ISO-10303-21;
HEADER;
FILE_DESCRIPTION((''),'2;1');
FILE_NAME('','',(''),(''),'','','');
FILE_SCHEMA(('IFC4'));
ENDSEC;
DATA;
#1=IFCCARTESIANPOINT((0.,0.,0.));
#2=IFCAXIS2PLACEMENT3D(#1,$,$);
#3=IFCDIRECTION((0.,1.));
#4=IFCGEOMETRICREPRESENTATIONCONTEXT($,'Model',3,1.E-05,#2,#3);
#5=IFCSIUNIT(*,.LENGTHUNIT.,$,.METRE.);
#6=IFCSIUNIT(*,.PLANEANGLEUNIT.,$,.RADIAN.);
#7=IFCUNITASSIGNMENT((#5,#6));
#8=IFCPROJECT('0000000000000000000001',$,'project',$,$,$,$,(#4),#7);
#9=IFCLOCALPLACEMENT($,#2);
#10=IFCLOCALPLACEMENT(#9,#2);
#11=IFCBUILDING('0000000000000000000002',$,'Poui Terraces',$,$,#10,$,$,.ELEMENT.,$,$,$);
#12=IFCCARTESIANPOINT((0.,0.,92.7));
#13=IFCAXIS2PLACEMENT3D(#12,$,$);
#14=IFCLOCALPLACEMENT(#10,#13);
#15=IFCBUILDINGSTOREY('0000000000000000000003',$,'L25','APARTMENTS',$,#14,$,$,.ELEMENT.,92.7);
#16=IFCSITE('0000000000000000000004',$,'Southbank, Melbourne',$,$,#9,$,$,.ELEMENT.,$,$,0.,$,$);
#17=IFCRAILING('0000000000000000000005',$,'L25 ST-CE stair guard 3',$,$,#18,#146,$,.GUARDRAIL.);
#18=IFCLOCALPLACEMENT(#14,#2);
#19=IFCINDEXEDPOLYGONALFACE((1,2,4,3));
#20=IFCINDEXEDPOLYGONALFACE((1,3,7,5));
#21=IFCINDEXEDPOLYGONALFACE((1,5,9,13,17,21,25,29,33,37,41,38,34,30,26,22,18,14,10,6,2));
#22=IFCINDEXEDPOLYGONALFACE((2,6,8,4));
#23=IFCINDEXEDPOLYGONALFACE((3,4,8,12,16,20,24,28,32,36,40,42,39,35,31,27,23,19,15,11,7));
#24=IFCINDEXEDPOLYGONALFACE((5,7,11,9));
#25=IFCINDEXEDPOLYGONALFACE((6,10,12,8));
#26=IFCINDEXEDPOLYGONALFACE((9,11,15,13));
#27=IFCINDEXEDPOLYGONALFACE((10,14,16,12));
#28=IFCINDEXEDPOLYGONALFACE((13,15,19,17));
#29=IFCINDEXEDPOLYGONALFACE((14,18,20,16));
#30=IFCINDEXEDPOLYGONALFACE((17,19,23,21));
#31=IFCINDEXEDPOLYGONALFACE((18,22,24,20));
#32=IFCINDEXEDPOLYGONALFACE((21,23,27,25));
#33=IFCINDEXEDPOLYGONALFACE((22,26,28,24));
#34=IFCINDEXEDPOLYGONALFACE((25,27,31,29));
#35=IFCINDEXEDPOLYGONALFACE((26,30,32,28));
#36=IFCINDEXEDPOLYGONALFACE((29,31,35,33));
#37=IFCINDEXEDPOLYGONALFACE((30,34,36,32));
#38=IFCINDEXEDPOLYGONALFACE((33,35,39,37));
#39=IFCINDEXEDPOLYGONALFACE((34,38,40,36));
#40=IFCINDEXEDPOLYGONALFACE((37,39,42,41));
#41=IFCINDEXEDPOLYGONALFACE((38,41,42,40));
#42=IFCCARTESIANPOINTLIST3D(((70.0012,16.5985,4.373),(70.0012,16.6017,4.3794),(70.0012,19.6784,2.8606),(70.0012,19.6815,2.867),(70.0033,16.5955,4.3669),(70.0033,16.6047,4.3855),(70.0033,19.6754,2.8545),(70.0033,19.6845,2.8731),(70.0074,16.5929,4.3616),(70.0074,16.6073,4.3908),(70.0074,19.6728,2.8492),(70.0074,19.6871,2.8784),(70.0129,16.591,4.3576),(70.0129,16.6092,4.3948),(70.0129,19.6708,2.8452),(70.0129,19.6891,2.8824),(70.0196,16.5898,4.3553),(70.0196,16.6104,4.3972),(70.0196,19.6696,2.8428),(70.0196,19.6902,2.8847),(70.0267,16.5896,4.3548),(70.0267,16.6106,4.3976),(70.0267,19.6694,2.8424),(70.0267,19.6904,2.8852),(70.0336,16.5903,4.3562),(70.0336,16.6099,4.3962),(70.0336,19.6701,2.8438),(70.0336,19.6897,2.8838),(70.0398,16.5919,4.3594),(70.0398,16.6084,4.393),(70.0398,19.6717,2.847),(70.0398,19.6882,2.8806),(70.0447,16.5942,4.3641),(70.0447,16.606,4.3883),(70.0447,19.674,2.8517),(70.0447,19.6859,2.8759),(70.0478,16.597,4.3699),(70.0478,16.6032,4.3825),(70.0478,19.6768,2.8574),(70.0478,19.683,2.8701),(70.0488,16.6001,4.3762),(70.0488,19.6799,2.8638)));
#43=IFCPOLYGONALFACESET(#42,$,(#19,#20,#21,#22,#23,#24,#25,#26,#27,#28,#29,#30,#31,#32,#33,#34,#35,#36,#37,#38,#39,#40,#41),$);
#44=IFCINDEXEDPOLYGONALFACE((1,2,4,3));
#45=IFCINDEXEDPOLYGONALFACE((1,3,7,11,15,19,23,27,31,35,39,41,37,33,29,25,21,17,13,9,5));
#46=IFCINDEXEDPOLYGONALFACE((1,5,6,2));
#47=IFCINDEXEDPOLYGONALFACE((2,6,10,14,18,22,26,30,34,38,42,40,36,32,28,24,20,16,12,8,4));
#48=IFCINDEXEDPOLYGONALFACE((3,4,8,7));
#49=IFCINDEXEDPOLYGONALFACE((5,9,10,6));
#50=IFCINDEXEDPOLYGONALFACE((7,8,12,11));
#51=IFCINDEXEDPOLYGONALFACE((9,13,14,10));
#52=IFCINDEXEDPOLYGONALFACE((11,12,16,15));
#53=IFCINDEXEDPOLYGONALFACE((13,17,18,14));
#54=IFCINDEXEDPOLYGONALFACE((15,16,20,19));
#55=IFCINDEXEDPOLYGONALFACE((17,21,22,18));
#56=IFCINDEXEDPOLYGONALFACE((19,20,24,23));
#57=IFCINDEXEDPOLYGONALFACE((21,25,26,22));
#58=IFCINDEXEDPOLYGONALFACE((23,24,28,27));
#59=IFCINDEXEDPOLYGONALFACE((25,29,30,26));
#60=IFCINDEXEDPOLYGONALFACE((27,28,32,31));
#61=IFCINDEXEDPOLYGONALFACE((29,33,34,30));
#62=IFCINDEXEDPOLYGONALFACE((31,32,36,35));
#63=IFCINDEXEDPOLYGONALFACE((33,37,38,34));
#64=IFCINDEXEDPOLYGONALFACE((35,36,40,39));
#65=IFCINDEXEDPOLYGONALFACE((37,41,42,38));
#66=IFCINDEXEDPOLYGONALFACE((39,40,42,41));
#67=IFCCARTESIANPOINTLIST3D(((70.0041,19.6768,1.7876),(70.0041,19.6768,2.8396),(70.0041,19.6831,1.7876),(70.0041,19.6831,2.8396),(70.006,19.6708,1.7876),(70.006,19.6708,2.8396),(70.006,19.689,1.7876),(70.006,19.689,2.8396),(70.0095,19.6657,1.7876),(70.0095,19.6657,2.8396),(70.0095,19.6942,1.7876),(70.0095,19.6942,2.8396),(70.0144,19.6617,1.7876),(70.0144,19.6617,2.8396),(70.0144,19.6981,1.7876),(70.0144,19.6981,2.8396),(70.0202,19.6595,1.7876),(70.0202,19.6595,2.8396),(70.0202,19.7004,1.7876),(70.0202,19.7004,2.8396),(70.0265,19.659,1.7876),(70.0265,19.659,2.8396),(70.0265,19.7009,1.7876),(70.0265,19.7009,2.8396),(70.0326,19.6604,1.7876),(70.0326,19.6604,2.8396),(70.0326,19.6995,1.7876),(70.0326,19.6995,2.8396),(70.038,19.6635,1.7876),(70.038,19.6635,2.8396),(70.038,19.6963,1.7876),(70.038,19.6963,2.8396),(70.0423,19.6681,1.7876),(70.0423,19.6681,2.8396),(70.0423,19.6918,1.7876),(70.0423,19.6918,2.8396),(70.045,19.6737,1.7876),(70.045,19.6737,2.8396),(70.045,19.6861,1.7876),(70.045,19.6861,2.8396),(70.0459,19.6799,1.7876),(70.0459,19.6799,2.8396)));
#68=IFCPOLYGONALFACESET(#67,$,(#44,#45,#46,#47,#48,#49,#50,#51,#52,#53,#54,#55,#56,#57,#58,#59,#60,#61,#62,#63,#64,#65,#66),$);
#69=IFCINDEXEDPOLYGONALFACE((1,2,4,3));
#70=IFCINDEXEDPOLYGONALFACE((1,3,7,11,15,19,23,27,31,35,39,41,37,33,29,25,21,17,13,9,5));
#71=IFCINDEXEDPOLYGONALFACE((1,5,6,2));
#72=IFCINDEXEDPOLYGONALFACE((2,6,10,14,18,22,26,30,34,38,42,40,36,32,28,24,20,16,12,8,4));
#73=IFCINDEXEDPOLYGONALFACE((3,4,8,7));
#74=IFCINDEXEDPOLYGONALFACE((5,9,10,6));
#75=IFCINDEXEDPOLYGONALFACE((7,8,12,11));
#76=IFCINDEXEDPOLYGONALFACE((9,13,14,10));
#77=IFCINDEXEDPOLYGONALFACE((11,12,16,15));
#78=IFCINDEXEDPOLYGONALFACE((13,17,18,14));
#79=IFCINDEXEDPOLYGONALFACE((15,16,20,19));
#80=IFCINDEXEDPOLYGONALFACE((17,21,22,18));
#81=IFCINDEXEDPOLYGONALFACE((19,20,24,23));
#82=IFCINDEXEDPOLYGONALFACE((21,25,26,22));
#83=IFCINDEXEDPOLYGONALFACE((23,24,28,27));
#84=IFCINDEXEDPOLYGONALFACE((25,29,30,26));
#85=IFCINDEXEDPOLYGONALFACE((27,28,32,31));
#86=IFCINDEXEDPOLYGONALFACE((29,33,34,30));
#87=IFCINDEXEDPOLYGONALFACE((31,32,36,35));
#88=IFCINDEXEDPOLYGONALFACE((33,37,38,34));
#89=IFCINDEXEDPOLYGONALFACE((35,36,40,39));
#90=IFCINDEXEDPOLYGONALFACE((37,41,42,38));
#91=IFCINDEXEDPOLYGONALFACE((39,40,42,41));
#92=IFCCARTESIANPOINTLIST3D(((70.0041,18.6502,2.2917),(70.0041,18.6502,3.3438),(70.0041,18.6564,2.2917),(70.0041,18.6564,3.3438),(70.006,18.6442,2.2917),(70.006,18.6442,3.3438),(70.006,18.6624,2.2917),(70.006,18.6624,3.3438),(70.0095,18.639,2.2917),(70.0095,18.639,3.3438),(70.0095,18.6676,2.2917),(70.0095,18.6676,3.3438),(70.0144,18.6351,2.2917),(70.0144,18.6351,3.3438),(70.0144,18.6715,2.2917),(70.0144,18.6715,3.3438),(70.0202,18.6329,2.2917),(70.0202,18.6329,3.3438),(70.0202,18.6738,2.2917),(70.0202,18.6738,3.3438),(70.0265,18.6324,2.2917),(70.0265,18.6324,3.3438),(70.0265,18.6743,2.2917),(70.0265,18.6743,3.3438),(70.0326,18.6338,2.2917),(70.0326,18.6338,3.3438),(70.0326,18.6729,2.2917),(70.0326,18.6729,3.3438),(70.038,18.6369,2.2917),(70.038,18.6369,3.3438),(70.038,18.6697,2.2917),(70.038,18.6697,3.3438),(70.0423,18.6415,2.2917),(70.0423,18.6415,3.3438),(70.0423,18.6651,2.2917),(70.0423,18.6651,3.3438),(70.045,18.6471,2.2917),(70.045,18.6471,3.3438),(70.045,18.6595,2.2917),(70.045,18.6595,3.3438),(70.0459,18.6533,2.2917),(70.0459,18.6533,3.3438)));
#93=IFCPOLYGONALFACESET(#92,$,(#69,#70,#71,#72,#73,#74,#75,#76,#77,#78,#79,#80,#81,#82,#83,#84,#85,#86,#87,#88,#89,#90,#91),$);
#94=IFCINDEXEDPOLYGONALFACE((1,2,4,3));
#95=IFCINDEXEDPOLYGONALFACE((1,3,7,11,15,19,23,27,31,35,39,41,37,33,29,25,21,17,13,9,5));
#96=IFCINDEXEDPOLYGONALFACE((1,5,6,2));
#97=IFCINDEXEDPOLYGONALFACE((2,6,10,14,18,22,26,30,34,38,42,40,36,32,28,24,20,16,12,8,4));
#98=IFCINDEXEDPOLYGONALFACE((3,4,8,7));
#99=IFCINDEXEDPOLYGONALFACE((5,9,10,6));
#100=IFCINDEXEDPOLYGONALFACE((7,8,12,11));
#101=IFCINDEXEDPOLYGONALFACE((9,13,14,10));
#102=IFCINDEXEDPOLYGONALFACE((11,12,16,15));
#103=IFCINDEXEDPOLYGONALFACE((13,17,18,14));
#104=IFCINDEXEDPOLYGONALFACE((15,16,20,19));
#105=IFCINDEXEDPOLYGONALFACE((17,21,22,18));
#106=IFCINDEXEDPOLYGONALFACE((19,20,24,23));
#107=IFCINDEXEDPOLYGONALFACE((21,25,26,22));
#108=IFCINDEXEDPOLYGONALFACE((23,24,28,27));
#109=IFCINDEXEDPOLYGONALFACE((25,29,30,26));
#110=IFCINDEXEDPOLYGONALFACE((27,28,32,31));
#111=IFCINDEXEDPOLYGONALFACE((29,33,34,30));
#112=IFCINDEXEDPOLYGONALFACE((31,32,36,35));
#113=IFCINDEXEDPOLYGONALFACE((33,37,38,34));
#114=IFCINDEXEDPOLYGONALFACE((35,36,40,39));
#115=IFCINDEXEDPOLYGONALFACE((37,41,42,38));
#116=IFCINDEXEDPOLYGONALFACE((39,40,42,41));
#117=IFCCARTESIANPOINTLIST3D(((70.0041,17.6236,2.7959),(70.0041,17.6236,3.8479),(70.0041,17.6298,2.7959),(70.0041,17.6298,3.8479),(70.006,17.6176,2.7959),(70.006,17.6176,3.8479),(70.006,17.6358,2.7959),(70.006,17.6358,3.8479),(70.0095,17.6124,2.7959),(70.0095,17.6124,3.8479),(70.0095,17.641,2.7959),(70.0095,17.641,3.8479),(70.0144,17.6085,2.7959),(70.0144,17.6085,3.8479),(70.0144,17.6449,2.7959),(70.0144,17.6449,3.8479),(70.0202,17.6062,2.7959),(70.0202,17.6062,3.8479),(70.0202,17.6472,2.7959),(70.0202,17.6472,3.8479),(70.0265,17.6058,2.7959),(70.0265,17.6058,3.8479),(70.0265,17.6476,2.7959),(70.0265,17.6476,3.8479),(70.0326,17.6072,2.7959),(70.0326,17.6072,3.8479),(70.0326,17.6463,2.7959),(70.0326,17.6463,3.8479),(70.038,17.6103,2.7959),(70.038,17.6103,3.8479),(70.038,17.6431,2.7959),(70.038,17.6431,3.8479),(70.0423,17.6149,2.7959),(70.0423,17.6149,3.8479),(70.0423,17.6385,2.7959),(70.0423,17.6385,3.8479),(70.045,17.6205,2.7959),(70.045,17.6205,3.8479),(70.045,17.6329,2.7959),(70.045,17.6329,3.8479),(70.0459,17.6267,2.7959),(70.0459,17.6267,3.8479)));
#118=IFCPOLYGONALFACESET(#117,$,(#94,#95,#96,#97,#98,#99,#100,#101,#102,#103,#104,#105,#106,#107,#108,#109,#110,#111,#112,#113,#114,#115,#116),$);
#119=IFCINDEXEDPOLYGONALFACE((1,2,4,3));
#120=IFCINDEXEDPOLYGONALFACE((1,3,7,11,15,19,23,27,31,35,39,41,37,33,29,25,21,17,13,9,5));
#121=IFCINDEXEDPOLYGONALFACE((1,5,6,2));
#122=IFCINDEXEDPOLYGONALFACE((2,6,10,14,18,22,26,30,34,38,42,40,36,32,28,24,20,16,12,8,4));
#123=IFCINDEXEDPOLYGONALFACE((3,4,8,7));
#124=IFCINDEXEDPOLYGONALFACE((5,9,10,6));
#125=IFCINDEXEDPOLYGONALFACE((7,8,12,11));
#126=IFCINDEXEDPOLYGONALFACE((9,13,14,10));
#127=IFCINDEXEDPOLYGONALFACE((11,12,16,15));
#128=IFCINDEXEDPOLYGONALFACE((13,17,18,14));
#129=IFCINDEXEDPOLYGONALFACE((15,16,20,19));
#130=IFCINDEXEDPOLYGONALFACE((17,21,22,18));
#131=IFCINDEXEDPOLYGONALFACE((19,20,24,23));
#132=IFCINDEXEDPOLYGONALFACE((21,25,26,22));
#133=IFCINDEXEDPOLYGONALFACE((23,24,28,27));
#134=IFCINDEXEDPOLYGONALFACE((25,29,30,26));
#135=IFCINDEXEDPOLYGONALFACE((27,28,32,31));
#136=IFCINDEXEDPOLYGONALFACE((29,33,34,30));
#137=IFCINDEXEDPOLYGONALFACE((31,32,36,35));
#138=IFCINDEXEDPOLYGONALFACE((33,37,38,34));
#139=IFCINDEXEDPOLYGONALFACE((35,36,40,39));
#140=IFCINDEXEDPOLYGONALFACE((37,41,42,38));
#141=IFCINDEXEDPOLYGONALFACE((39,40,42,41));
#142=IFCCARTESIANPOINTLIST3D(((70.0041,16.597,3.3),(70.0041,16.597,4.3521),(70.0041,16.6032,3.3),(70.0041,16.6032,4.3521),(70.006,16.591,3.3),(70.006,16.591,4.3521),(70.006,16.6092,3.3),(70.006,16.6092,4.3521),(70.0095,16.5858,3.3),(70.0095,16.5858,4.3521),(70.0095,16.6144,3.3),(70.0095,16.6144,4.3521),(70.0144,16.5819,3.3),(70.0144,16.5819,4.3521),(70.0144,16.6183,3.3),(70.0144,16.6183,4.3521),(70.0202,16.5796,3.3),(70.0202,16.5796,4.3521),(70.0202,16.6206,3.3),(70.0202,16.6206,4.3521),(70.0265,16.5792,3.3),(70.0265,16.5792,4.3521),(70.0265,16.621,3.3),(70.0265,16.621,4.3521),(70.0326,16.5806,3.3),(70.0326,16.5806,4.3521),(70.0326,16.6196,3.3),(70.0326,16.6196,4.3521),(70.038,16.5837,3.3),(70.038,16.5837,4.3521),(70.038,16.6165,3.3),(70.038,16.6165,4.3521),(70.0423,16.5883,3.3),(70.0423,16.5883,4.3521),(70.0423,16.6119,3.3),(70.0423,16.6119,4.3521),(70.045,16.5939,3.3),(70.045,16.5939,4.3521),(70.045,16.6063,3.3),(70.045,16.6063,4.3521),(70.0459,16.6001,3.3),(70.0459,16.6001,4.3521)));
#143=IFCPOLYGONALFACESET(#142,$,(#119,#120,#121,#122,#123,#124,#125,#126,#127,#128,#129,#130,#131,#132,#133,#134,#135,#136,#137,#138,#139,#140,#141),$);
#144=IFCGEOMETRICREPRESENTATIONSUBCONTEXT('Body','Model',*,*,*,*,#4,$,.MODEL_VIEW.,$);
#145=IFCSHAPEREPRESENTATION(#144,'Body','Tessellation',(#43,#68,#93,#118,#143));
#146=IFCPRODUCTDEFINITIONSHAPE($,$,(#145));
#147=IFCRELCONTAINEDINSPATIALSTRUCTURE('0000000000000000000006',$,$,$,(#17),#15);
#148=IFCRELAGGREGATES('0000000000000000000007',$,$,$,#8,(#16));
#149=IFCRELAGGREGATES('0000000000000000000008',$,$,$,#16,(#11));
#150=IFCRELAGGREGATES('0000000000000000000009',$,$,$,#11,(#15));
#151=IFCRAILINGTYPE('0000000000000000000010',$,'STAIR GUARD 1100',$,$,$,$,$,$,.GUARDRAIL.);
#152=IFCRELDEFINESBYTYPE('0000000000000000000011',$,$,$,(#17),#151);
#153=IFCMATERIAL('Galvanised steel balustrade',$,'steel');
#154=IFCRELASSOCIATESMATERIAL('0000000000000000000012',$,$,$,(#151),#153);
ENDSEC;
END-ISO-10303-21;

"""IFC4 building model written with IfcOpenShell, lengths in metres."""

from ifc_helpers import new_model, si_unit, direction, frame, origin, origin_2d, place, context, subcontext, project, spatial, circle, extrude, material, type_object, element, save


model = new_model("IFC4")

# Units and contexts
model_context = context("Model", 3, precision=1e-05, world=origin(), true_north=direction((0.0, 1.0)))
body_context = subcontext(model_context, "Body", "Model", "MODEL_VIEW")
ifc_project = project(units=[si_unit("LENGTHUNIT", "METRE"), si_unit("PLANEANGLEUNIT", "RADIAN")], contexts=[model_context])

# Site, building, storey
site_placement = place(None, origin())
site = spatial("IfcSite", under=ifc_project, at=site_placement, Name="Southbank, Melbourne", CompositionType="ELEMENT", RefElevation=0.0)
building_placement = place(site_placement, origin())
building = spatial("IfcBuilding", under=site, at=building_placement, Name="Poui Terraces", CompositionType="ELEMENT")
storey_placement = place(building_placement, frame((0.0, 0.0, 92.7)))
storey = spatial("IfcBuildingStorey", under=building, at=storey_placement, Name="L25", Description="APARTMENTS", CompositionType="ELEMENT", Elevation=92.7)

# Railing
ifc_material_1 = material(Name="Galvanised steel balustrade", Category="steel")
railing_type_1 = type_object("IfcRailingType", Name="STAIR GUARD 1100", PredefinedType="GUARDRAIL", material=ifc_material_1)
railing_1_placement = place(storey_placement, frame((70.0249, 19.6799, 1.7876)))
element("IfcRailing", 1, at=railing_1_placement, inside=storey, type_object=railing_type_1, Name="L25 ST-CE stair guard 3", PredefinedType="GUARDRAIL", context=body_context, shape_type="SweptSolid", body=[
    extrude(circle(Radius=0.0239, at=origin_2d()), frame((0.0, 0.0, 1.0762), z_axis=(0.0, -0.897606, 0.440798), x_axis=(1.0, 0.0, 0.0)), (0.0, 0.0, 1.0), 3.4312),
    extrude(circle(Radius=0.021, at=origin_2d()), origin(), (0.0, 0.0, 1.0), 1.052),
    extrude(circle(Radius=0.021, at=origin_2d()), frame((0.0, -1.0266, 0.5042)), (0.0, 0.0, 1.0), 1.052),
    extrude(circle(Radius=0.021, at=origin_2d()), frame((0.0, -2.0532, 1.0083)), (0.0, 0.0, 1.0), 1.052),
    extrude(circle(Radius=0.021, at=origin_2d()), frame((0.0, -3.0798, 1.5125)), (0.0, 0.0, 1.0), 1.052),
])

save(model, "model.ifc")
